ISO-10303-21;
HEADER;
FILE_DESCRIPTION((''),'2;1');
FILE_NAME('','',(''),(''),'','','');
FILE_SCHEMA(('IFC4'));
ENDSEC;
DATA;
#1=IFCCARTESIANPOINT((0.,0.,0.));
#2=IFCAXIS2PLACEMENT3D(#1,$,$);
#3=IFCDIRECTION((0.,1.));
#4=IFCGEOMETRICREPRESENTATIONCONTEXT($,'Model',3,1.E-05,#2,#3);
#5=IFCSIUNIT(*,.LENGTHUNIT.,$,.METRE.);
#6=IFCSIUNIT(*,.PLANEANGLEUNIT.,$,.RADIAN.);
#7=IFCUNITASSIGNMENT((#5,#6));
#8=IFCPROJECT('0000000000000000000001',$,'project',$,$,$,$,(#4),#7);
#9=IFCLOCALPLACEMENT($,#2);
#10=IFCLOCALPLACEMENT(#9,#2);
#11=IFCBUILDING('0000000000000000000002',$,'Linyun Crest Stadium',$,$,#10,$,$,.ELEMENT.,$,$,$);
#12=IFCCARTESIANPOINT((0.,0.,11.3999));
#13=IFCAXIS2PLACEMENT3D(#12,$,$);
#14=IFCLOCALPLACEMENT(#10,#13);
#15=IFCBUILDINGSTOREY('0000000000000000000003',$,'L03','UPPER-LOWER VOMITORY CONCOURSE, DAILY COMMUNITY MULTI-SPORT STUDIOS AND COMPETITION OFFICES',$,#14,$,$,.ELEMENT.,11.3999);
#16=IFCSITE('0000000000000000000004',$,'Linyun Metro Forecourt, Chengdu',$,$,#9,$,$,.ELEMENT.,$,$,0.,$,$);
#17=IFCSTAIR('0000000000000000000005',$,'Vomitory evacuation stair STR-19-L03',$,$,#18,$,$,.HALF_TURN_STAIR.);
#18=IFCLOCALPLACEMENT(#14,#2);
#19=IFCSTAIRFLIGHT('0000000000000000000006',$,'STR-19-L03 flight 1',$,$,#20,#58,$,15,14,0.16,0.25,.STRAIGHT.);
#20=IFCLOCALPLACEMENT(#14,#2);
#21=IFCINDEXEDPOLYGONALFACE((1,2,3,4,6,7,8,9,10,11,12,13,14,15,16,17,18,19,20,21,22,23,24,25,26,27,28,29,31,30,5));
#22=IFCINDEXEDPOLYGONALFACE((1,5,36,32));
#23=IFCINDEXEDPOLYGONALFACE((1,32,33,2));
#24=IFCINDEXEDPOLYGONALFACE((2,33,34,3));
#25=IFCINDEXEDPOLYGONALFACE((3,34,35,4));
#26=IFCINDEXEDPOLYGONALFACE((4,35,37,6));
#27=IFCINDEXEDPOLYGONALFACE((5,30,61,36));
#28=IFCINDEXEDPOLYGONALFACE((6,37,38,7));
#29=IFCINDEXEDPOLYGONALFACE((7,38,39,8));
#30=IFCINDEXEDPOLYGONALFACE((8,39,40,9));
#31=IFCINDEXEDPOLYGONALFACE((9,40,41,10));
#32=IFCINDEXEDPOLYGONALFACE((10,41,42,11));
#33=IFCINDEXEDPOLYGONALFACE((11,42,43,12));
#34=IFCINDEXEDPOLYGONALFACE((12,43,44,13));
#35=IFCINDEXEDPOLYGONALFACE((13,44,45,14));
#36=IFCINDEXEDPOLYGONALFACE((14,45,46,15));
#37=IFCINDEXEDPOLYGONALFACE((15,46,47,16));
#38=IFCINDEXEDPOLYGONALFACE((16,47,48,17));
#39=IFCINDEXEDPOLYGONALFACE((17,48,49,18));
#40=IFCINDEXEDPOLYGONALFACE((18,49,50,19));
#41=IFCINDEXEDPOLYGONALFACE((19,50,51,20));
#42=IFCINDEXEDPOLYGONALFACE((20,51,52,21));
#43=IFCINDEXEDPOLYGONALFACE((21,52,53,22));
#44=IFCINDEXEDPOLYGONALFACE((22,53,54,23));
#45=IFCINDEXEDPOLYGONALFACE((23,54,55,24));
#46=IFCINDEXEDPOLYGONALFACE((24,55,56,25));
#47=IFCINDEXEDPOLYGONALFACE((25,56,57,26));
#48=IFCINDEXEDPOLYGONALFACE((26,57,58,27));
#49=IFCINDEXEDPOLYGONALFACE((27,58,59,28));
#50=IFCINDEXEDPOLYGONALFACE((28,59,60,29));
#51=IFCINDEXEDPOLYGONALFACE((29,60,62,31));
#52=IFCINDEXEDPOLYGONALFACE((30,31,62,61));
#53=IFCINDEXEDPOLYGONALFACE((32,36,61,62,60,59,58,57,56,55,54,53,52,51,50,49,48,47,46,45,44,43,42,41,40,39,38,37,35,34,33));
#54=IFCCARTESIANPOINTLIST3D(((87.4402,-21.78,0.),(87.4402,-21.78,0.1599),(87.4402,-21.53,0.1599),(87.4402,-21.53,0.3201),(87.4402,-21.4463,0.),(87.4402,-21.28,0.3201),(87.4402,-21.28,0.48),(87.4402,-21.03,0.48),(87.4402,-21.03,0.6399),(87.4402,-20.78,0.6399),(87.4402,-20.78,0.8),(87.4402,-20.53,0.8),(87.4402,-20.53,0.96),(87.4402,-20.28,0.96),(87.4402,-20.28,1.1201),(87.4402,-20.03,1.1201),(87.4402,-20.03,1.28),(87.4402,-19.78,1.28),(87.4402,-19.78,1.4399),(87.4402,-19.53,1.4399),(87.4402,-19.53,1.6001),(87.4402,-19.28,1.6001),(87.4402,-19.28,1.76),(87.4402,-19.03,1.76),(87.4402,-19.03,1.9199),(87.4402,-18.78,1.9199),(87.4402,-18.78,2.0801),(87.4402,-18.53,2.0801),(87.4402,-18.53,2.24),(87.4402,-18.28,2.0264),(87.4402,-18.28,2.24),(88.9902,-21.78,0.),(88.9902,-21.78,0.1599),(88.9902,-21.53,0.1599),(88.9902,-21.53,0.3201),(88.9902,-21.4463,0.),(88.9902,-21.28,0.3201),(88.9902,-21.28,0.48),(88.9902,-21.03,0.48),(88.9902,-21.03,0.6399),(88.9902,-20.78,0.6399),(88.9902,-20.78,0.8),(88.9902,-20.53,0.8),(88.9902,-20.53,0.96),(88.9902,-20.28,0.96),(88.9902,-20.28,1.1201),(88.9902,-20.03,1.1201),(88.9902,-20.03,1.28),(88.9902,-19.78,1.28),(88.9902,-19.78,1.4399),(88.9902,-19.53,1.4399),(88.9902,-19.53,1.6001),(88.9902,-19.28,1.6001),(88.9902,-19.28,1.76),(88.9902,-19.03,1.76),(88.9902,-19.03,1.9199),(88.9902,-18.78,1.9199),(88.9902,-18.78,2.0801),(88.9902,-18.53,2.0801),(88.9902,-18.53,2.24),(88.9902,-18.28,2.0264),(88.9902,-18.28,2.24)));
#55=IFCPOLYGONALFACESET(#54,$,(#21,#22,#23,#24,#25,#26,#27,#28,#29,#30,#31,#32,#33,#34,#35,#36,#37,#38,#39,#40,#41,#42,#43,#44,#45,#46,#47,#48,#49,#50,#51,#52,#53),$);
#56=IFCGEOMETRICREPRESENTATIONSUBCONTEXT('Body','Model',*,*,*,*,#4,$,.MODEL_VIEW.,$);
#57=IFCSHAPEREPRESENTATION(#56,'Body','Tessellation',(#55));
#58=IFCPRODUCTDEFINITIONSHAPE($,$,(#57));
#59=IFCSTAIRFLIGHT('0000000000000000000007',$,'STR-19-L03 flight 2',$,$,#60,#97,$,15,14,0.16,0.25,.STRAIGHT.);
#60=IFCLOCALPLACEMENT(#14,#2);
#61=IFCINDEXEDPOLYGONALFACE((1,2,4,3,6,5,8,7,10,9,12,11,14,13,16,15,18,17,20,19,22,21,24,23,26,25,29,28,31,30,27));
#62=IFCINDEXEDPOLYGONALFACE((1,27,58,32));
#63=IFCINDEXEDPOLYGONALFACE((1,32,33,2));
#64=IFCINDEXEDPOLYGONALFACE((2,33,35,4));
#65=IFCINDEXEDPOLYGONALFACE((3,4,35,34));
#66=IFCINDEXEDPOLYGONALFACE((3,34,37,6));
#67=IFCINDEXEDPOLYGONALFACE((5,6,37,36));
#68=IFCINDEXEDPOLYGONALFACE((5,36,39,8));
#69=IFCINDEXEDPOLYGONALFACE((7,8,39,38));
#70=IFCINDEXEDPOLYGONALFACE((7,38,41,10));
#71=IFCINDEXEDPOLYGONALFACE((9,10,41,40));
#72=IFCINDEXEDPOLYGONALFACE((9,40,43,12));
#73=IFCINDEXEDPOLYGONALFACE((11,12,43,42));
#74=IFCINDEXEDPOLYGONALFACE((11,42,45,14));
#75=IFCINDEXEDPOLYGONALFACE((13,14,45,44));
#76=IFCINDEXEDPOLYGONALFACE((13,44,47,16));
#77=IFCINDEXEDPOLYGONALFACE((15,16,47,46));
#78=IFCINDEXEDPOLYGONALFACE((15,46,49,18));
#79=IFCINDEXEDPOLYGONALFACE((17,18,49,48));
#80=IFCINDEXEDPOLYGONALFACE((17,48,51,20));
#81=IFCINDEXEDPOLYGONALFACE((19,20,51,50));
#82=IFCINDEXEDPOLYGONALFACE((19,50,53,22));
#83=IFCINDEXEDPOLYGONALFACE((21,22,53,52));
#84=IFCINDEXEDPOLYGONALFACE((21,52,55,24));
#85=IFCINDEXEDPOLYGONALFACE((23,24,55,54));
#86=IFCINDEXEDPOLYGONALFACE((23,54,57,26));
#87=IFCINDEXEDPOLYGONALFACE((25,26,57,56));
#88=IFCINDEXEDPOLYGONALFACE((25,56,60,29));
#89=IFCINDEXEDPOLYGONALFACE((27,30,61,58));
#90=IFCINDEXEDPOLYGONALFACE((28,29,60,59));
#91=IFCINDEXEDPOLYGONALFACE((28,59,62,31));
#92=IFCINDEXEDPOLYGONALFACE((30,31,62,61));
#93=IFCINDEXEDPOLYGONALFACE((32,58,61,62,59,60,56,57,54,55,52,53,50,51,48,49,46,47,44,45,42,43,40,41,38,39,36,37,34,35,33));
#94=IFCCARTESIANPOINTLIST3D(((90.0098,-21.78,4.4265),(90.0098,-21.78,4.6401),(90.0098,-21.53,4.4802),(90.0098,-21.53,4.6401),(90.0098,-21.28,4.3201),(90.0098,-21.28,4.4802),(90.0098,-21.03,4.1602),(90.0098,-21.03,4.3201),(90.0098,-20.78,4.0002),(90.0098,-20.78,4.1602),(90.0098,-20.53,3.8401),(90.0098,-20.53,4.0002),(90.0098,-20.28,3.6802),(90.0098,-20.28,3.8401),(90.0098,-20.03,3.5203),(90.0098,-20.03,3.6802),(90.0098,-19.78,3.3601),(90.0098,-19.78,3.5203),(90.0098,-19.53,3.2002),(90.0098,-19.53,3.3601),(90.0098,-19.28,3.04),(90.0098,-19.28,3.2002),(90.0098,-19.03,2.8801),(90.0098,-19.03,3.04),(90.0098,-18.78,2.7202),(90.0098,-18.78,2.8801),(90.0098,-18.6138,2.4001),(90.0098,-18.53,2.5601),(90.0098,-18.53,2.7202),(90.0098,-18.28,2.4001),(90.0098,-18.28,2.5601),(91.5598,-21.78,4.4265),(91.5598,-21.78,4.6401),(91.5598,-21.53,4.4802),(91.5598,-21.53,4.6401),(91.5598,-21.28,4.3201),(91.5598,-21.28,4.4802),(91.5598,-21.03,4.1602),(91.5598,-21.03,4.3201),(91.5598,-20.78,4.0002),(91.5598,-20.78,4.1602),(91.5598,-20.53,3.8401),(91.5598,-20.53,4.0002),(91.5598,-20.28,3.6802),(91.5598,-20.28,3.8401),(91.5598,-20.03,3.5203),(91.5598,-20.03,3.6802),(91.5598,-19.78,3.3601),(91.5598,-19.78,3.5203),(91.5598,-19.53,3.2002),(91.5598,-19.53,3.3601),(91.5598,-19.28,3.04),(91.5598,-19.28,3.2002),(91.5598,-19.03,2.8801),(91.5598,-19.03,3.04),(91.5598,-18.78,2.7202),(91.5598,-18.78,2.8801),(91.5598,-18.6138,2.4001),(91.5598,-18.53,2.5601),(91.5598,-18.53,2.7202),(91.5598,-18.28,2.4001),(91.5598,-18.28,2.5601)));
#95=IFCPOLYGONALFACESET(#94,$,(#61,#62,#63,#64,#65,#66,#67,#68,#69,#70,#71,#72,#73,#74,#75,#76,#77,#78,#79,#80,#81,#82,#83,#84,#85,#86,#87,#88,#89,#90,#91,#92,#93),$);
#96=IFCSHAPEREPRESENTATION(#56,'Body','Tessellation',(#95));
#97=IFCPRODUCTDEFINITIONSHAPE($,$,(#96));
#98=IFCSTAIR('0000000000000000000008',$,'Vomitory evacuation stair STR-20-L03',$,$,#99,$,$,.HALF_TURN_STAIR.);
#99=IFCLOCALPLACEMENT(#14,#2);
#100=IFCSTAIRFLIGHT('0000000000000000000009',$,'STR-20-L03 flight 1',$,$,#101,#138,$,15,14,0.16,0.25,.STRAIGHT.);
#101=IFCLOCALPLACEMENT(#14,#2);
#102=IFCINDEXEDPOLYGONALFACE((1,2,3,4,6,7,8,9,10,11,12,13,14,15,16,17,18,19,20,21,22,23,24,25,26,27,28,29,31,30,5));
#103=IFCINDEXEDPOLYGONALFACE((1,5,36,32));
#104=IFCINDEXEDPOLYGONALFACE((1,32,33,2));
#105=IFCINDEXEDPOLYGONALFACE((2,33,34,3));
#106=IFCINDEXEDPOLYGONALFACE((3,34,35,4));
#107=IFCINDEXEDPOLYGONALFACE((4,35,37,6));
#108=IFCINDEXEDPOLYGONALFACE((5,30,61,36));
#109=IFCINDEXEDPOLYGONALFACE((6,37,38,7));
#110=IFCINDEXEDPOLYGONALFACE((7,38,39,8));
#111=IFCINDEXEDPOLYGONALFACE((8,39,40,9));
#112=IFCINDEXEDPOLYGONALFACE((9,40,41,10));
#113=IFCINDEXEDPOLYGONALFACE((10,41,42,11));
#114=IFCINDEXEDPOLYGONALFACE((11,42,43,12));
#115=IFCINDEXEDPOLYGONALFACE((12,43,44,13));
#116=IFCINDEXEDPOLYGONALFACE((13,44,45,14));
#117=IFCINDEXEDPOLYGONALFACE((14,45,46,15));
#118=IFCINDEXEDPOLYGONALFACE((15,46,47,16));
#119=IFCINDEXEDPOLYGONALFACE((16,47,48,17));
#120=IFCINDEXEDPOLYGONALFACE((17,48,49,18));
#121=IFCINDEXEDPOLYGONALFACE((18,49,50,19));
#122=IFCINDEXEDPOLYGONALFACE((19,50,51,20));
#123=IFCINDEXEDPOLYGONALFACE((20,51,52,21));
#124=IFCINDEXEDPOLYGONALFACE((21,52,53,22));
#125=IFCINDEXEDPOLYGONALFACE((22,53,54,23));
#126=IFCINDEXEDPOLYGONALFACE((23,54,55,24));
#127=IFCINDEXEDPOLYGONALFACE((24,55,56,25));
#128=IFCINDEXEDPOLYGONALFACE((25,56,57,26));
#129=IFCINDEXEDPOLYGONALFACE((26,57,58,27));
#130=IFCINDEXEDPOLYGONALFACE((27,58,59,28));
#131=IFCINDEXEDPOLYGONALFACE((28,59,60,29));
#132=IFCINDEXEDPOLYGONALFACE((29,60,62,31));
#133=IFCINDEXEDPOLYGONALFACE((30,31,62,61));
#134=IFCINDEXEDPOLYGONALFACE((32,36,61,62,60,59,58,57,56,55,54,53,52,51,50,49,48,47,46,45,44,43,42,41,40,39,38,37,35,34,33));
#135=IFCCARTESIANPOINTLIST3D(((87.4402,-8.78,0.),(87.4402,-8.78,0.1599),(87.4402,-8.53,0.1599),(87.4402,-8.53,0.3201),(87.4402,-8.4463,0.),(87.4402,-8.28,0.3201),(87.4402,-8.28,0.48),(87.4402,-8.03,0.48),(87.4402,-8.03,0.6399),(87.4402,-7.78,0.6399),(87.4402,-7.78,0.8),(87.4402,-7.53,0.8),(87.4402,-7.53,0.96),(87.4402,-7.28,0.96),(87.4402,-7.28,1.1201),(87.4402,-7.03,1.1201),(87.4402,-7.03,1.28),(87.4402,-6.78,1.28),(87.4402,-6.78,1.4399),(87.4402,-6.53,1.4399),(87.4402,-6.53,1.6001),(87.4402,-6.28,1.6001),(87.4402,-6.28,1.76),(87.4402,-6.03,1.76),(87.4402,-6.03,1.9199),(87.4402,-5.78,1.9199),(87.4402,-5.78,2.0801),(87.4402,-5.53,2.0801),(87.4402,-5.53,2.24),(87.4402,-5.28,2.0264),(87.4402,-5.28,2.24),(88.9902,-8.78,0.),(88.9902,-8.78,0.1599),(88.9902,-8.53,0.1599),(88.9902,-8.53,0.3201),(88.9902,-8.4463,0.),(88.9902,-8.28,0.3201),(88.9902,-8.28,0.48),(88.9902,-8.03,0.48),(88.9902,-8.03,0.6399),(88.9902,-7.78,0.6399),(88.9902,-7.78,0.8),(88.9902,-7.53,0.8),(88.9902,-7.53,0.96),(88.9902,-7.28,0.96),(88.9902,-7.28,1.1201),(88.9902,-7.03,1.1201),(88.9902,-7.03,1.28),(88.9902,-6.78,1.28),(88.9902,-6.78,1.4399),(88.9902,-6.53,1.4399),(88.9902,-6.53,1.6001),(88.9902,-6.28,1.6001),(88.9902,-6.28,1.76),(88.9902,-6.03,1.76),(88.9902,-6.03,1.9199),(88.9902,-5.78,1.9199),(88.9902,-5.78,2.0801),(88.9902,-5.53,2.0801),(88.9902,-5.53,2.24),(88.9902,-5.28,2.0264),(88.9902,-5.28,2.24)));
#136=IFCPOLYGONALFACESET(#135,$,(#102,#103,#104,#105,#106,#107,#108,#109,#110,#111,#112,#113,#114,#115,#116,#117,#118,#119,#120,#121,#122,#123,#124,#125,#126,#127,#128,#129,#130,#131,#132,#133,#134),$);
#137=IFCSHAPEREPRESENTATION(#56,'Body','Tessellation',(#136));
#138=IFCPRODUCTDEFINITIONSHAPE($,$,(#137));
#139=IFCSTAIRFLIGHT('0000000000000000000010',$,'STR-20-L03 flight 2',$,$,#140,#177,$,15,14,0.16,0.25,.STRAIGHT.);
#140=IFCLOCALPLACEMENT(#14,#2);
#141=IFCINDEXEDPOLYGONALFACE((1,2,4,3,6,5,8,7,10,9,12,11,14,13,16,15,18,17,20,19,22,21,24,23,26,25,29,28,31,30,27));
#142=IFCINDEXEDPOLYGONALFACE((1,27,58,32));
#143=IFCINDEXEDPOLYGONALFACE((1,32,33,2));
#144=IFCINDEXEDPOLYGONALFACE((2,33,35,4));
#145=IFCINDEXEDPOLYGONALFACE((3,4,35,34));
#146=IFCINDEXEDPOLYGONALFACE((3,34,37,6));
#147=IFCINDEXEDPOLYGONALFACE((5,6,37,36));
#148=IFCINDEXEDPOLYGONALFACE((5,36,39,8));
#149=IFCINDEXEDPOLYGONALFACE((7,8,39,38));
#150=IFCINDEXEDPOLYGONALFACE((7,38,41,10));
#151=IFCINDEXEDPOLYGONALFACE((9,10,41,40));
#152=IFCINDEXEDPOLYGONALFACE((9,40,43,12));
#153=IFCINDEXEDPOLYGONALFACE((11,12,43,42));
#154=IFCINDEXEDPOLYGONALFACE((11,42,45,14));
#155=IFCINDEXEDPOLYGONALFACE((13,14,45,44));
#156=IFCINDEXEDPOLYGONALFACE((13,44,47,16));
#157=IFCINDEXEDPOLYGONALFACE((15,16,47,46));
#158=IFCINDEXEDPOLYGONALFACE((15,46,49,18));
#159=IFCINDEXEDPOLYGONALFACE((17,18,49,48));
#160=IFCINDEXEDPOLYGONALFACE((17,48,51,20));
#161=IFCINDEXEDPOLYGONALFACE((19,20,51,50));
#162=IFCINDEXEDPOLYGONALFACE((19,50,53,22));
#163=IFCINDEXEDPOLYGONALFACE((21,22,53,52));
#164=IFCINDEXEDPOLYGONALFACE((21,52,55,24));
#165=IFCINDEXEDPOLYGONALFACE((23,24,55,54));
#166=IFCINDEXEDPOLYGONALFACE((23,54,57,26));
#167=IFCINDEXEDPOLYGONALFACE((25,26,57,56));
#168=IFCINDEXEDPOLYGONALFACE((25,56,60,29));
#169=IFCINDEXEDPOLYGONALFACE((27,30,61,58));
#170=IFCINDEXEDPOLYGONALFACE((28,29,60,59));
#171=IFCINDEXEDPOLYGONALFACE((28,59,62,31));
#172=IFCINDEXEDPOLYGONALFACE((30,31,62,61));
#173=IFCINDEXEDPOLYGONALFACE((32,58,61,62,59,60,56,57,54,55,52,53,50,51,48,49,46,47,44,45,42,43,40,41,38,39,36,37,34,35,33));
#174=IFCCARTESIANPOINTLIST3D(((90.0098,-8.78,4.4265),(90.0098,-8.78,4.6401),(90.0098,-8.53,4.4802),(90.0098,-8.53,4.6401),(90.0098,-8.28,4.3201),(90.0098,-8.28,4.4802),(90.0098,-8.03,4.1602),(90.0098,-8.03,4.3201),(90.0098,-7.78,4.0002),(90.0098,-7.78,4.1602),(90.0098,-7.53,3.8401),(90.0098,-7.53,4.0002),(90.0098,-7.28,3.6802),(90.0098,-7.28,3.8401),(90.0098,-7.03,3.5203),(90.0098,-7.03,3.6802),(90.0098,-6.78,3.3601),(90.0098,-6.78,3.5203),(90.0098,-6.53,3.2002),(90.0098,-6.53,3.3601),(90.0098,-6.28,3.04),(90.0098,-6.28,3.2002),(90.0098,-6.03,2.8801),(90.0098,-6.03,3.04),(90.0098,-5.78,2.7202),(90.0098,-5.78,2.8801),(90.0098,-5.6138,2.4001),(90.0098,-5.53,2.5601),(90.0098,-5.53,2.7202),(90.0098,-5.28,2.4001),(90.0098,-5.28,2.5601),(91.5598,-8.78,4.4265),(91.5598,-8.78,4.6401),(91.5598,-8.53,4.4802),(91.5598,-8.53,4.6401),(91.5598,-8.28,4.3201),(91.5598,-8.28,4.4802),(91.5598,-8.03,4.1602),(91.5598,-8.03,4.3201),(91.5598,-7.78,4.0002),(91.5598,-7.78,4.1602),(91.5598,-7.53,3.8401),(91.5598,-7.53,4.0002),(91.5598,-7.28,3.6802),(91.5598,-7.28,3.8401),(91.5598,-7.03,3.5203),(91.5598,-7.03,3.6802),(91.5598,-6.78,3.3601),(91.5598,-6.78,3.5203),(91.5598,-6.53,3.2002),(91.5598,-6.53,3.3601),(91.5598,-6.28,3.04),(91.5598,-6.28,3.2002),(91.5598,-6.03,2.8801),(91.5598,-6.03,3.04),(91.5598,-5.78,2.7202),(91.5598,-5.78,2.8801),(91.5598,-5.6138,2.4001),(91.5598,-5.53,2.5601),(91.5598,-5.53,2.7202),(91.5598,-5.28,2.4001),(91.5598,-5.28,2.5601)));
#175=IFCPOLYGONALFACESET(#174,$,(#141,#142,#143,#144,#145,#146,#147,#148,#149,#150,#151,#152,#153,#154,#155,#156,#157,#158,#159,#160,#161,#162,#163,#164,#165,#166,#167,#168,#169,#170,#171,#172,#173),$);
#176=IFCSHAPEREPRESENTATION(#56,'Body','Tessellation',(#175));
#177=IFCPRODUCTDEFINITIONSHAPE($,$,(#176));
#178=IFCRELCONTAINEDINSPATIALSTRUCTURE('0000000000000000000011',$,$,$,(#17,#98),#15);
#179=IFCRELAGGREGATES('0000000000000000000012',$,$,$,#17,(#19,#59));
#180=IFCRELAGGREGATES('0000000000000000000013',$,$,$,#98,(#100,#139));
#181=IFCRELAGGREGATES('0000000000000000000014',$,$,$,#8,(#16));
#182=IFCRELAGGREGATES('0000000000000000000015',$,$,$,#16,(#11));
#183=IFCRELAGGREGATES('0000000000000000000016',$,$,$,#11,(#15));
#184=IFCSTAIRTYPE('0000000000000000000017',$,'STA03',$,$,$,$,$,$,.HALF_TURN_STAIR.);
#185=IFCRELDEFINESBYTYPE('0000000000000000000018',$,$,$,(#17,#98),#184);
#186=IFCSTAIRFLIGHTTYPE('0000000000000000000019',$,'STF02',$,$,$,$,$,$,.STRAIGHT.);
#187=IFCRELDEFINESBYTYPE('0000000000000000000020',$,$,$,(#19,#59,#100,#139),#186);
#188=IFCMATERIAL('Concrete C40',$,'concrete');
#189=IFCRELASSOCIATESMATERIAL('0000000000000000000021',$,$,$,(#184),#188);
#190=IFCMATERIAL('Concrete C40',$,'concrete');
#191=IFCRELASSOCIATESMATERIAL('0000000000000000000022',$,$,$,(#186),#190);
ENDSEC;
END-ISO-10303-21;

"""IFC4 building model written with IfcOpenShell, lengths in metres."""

from ifc_helpers import new_model, si_unit, direction, frame, origin, place, context, subcontext, project, spatial, polyline, outline, extrude, material, type_object, element, aggregate, save


model = new_model("IFC4")

# Units and contexts
model_context = context("Model", 3, precision=1e-05, world=origin(), true_north=direction((0.0, 1.0)))
body_context = subcontext(model_context, "Body", "Model", "MODEL_VIEW")
ifc_project = project(units=[si_unit("LENGTHUNIT", "METRE"), si_unit("PLANEANGLEUNIT", "RADIAN")], contexts=[model_context])

# Site, building, storey
site_placement = place(None, origin())
site = spatial("IfcSite", under=ifc_project, at=site_placement, Name="Linyun Metro Forecourt, Chengdu", CompositionType="ELEMENT", RefElevation=0.0)
building_placement = place(site_placement, origin())
building = spatial("IfcBuilding", under=site, at=building_placement, Name="Linyun Crest Stadium", CompositionType="ELEMENT")
storey_placement = place(building_placement, frame((0.0, 0.0, 11.3999)))
storey = spatial("IfcBuildingStorey", under=building, at=storey_placement, Name="L03", Description="UPPER-LOWER VOMITORY CONCOURSE, DAILY COMMUNITY MULTI-SPORT STUDIOS AND COMPETITION OFFICES", CompositionType="ELEMENT", Elevation=11.3999)

# Stairs, stair flights
ifc_material_1 = material(Name="Concrete C40", Category="concrete")
stair_type = type_object("IfcStairType", Name="STA03", PredefinedType="HALF_TURN_STAIR", material=ifc_material_1)
stair_1_placement = place(storey_placement, origin())
stair_1 = element("IfcStair", 1, at=stair_1_placement, inside=storey, type_object=stair_type, Name="Vomitory evacuation stair STR-19-L03", PredefinedType="HALF_TURN_STAIR")
ifc_material_2 = material(Name="Concrete C40", Category="concrete")
stair_flight_type = type_object("IfcStairFlightType", Name="STF02", PredefinedType="STRAIGHT", material=ifc_material_2)
stair_flight_1_placement = place(storey_placement, frame((88.2151, -21.78, 0.0), z_axis=(0.0, 0.0, 1.0), x_axis=(0.0, 1.0, 0.0)))
stair_flight_1 = element("IfcStairFlight", 2, at=stair_flight_1_placement, type_object=stair_flight_type, Name="STR-19-L03 flight 1", NumberOfRisers=15, NumberOfTreads=14, PredefinedType="STRAIGHT", RiserHeight=0.16, TreadLength=0.25, context=body_context, shape_type="SweptSolid", body=[
    extrude(outline(polyline([(0.0, 0.0), (0.0, 0.1599), (0.25, 0.1599), (0.25, 0.3201), (0.5, 0.3201), (0.5, 0.48), (0.75, 0.48), (0.75, 0.6399), (1.0, 0.6399), (1.0, 0.8), (1.25, 0.8), (1.25, 0.96), (1.5, 0.96), (1.5, 1.1201), (1.75, 1.1201), (1.75, 1.28), (2.0, 1.28), (2.0, 1.4399), (2.25, 1.4399), (2.25, 1.6001), (2.5, 1.6001), (2.5, 1.76), (2.75, 1.76), (2.75, 1.9199), (3.0, 1.9199), (3.0, 2.0801), (3.25, 2.0801), (3.25, 2.24), (3.5, 2.24), (3.5, 2.3999), (3.5, 2.0264), (0.3337, 0.0), (0.0, 0.0)])), frame((0.0, 0.7749, 0.0), z_axis=(0.0, -1.0, 0.0), x_axis=(1.0, 0.0, 0.0)), (0.0, 0.0, 1.0), 1.55),
])
stair_flight_2_placement = place(storey_placement, frame((90.7849, -18.28, 2.4001), z_axis=(0.0, 0.0, 1.0), x_axis=(0.0, -1.0, 0.0)))
stair_flight_2 = element("IfcStairFlight", 3, at=stair_flight_2_placement, type_object=stair_flight_type, Name="STR-19-L03 flight 2", NumberOfRisers=15, NumberOfTreads=14, PredefinedType="STRAIGHT", RiserHeight=0.16, TreadLength=0.25, context=body_context, shape_type="SweptSolid", body=[
    extrude(outline(polyline([(0.0, 0.0), (0.0, 0.1599), (0.25, 0.1599), (0.25, 0.3201), (0.5, 0.3201), (0.5, 0.48), (0.75, 0.48), (0.75, 0.6399), (1.0, 0.6399), (1.0, 0.8), (1.25, 0.8), (1.25, 0.96), (1.5, 0.96), (1.5, 1.1201), (1.75, 1.1201), (1.75, 1.28), (2.0, 1.28), (2.0, 1.4399), (2.25, 1.4399), (2.25, 1.6001), (2.5, 1.6001), (2.5, 1.76), (2.75, 1.76), (2.75, 1.9199), (3.0, 1.9199), (3.0, 2.0801), (3.25, 2.0801), (3.25, 2.24), (3.5, 2.24), (3.5, 2.3999), (3.5, 2.0264), (0.3337, 0.0), (0.0, 0.0)])), frame((0.0, 0.7749, 0.0), z_axis=(0.0, -1.0, 0.0), x_axis=(1.0, 0.0, 0.0)), (0.0, 0.0, 1.0), 1.55),
])
aggregate(stair_1, [stair_flight_1, stair_flight_2])
stair_2_placement = place(storey_placement, origin())
stair_2 = element("IfcStair", 4, at=stair_2_placement, inside=storey, type_object=stair_type, Name="Vomitory evacuation stair STR-20-L03", PredefinedType="HALF_TURN_STAIR")
stair_flight_3_placement = place(storey_placement, frame((88.2151, -8.78, 0.0), z_axis=(0.0, 0.0, 1.0), x_axis=(0.0, 1.0, 0.0)))
stair_flight_3 = element("IfcStairFlight", 5, at=stair_flight_3_placement, type_object=stair_flight_type, Name="STR-20-L03 flight 1", NumberOfRisers=15, NumberOfTreads=14, PredefinedType="STRAIGHT", RiserHeight=0.16, TreadLength=0.25, context=body_context, shape_type="SweptSolid", body=[
    extrude(outline(polyline([(0.0, 0.0), (0.0, 0.1599), (0.25, 0.1599), (0.25, 0.3201), (0.5, 0.3201), (0.5, 0.48), (0.75, 0.48), (0.75, 0.6399), (1.0, 0.6399), (1.0, 0.8), (1.25, 0.8), (1.25, 0.96), (1.5, 0.96), (1.5, 1.1201), (1.75, 1.1201), (1.75, 1.28), (2.0, 1.28), (2.0, 1.4399), (2.25, 1.4399), (2.25, 1.6001), (2.5, 1.6001), (2.5, 1.76), (2.75, 1.76), (2.75, 1.9199), (3.0, 1.9199), (3.0, 2.0801), (3.25, 2.0801), (3.25, 2.24), (3.5, 2.24), (3.5, 2.3999), (3.5, 2.0264), (0.3337, 0.0), (0.0, 0.0)])), frame((0.0, 0.7749, 0.0), z_axis=(0.0, -1.0, 0.0), x_axis=(1.0, 0.0, 0.0)), (0.0, 0.0, 1.0), 1.55),
])
stair_flight_4_placement = place(storey_placement, frame((90.7849, -5.28, 2.4001), z_axis=(0.0, 0.0, 1.0), x_axis=(0.0, -1.0, 0.0)))
stair_flight_4 = element("IfcStairFlight", 6, at=stair_flight_4_placement, type_object=stair_flight_type, Name="STR-20-L03 flight 2", NumberOfRisers=15, NumberOfTreads=14, PredefinedType="STRAIGHT", RiserHeight=0.16, TreadLength=0.25, context=body_context, shape_type="SweptSolid", body=[
    extrude(outline(polyline([(0.0, 0.0), (0.0, 0.1599), (0.25, 0.1599), (0.25, 0.3201), (0.5, 0.3201), (0.5, 0.48), (0.75, 0.48), (0.75, 0.6399), (1.0, 0.6399), (1.0, 0.8), (1.25, 0.8), (1.25, 0.96), (1.5, 0.96), (1.5, 1.1201), (1.75, 1.1201), (1.75, 1.28), (2.0, 1.28), (2.0, 1.4399), (2.25, 1.4399), (2.25, 1.6001), (2.5, 1.6001), (2.5, 1.76), (2.75, 1.76), (2.75, 1.9199), (3.0, 1.9199), (3.0, 2.0801), (3.25, 2.0801), (3.25, 2.24), (3.5, 2.24), (3.5, 2.3999), (3.5, 2.0264), (0.3337, 0.0), (0.0, 0.0)])), frame((0.0, 0.7749, 0.0), z_axis=(0.0, -1.0, 0.0), x_axis=(1.0, 0.0, 0.0)), (0.0, 0.0, 1.0), 1.55),
])
aggregate(stair_2, [stair_flight_3, stair_flight_4])

save(model, "model.ifc")
